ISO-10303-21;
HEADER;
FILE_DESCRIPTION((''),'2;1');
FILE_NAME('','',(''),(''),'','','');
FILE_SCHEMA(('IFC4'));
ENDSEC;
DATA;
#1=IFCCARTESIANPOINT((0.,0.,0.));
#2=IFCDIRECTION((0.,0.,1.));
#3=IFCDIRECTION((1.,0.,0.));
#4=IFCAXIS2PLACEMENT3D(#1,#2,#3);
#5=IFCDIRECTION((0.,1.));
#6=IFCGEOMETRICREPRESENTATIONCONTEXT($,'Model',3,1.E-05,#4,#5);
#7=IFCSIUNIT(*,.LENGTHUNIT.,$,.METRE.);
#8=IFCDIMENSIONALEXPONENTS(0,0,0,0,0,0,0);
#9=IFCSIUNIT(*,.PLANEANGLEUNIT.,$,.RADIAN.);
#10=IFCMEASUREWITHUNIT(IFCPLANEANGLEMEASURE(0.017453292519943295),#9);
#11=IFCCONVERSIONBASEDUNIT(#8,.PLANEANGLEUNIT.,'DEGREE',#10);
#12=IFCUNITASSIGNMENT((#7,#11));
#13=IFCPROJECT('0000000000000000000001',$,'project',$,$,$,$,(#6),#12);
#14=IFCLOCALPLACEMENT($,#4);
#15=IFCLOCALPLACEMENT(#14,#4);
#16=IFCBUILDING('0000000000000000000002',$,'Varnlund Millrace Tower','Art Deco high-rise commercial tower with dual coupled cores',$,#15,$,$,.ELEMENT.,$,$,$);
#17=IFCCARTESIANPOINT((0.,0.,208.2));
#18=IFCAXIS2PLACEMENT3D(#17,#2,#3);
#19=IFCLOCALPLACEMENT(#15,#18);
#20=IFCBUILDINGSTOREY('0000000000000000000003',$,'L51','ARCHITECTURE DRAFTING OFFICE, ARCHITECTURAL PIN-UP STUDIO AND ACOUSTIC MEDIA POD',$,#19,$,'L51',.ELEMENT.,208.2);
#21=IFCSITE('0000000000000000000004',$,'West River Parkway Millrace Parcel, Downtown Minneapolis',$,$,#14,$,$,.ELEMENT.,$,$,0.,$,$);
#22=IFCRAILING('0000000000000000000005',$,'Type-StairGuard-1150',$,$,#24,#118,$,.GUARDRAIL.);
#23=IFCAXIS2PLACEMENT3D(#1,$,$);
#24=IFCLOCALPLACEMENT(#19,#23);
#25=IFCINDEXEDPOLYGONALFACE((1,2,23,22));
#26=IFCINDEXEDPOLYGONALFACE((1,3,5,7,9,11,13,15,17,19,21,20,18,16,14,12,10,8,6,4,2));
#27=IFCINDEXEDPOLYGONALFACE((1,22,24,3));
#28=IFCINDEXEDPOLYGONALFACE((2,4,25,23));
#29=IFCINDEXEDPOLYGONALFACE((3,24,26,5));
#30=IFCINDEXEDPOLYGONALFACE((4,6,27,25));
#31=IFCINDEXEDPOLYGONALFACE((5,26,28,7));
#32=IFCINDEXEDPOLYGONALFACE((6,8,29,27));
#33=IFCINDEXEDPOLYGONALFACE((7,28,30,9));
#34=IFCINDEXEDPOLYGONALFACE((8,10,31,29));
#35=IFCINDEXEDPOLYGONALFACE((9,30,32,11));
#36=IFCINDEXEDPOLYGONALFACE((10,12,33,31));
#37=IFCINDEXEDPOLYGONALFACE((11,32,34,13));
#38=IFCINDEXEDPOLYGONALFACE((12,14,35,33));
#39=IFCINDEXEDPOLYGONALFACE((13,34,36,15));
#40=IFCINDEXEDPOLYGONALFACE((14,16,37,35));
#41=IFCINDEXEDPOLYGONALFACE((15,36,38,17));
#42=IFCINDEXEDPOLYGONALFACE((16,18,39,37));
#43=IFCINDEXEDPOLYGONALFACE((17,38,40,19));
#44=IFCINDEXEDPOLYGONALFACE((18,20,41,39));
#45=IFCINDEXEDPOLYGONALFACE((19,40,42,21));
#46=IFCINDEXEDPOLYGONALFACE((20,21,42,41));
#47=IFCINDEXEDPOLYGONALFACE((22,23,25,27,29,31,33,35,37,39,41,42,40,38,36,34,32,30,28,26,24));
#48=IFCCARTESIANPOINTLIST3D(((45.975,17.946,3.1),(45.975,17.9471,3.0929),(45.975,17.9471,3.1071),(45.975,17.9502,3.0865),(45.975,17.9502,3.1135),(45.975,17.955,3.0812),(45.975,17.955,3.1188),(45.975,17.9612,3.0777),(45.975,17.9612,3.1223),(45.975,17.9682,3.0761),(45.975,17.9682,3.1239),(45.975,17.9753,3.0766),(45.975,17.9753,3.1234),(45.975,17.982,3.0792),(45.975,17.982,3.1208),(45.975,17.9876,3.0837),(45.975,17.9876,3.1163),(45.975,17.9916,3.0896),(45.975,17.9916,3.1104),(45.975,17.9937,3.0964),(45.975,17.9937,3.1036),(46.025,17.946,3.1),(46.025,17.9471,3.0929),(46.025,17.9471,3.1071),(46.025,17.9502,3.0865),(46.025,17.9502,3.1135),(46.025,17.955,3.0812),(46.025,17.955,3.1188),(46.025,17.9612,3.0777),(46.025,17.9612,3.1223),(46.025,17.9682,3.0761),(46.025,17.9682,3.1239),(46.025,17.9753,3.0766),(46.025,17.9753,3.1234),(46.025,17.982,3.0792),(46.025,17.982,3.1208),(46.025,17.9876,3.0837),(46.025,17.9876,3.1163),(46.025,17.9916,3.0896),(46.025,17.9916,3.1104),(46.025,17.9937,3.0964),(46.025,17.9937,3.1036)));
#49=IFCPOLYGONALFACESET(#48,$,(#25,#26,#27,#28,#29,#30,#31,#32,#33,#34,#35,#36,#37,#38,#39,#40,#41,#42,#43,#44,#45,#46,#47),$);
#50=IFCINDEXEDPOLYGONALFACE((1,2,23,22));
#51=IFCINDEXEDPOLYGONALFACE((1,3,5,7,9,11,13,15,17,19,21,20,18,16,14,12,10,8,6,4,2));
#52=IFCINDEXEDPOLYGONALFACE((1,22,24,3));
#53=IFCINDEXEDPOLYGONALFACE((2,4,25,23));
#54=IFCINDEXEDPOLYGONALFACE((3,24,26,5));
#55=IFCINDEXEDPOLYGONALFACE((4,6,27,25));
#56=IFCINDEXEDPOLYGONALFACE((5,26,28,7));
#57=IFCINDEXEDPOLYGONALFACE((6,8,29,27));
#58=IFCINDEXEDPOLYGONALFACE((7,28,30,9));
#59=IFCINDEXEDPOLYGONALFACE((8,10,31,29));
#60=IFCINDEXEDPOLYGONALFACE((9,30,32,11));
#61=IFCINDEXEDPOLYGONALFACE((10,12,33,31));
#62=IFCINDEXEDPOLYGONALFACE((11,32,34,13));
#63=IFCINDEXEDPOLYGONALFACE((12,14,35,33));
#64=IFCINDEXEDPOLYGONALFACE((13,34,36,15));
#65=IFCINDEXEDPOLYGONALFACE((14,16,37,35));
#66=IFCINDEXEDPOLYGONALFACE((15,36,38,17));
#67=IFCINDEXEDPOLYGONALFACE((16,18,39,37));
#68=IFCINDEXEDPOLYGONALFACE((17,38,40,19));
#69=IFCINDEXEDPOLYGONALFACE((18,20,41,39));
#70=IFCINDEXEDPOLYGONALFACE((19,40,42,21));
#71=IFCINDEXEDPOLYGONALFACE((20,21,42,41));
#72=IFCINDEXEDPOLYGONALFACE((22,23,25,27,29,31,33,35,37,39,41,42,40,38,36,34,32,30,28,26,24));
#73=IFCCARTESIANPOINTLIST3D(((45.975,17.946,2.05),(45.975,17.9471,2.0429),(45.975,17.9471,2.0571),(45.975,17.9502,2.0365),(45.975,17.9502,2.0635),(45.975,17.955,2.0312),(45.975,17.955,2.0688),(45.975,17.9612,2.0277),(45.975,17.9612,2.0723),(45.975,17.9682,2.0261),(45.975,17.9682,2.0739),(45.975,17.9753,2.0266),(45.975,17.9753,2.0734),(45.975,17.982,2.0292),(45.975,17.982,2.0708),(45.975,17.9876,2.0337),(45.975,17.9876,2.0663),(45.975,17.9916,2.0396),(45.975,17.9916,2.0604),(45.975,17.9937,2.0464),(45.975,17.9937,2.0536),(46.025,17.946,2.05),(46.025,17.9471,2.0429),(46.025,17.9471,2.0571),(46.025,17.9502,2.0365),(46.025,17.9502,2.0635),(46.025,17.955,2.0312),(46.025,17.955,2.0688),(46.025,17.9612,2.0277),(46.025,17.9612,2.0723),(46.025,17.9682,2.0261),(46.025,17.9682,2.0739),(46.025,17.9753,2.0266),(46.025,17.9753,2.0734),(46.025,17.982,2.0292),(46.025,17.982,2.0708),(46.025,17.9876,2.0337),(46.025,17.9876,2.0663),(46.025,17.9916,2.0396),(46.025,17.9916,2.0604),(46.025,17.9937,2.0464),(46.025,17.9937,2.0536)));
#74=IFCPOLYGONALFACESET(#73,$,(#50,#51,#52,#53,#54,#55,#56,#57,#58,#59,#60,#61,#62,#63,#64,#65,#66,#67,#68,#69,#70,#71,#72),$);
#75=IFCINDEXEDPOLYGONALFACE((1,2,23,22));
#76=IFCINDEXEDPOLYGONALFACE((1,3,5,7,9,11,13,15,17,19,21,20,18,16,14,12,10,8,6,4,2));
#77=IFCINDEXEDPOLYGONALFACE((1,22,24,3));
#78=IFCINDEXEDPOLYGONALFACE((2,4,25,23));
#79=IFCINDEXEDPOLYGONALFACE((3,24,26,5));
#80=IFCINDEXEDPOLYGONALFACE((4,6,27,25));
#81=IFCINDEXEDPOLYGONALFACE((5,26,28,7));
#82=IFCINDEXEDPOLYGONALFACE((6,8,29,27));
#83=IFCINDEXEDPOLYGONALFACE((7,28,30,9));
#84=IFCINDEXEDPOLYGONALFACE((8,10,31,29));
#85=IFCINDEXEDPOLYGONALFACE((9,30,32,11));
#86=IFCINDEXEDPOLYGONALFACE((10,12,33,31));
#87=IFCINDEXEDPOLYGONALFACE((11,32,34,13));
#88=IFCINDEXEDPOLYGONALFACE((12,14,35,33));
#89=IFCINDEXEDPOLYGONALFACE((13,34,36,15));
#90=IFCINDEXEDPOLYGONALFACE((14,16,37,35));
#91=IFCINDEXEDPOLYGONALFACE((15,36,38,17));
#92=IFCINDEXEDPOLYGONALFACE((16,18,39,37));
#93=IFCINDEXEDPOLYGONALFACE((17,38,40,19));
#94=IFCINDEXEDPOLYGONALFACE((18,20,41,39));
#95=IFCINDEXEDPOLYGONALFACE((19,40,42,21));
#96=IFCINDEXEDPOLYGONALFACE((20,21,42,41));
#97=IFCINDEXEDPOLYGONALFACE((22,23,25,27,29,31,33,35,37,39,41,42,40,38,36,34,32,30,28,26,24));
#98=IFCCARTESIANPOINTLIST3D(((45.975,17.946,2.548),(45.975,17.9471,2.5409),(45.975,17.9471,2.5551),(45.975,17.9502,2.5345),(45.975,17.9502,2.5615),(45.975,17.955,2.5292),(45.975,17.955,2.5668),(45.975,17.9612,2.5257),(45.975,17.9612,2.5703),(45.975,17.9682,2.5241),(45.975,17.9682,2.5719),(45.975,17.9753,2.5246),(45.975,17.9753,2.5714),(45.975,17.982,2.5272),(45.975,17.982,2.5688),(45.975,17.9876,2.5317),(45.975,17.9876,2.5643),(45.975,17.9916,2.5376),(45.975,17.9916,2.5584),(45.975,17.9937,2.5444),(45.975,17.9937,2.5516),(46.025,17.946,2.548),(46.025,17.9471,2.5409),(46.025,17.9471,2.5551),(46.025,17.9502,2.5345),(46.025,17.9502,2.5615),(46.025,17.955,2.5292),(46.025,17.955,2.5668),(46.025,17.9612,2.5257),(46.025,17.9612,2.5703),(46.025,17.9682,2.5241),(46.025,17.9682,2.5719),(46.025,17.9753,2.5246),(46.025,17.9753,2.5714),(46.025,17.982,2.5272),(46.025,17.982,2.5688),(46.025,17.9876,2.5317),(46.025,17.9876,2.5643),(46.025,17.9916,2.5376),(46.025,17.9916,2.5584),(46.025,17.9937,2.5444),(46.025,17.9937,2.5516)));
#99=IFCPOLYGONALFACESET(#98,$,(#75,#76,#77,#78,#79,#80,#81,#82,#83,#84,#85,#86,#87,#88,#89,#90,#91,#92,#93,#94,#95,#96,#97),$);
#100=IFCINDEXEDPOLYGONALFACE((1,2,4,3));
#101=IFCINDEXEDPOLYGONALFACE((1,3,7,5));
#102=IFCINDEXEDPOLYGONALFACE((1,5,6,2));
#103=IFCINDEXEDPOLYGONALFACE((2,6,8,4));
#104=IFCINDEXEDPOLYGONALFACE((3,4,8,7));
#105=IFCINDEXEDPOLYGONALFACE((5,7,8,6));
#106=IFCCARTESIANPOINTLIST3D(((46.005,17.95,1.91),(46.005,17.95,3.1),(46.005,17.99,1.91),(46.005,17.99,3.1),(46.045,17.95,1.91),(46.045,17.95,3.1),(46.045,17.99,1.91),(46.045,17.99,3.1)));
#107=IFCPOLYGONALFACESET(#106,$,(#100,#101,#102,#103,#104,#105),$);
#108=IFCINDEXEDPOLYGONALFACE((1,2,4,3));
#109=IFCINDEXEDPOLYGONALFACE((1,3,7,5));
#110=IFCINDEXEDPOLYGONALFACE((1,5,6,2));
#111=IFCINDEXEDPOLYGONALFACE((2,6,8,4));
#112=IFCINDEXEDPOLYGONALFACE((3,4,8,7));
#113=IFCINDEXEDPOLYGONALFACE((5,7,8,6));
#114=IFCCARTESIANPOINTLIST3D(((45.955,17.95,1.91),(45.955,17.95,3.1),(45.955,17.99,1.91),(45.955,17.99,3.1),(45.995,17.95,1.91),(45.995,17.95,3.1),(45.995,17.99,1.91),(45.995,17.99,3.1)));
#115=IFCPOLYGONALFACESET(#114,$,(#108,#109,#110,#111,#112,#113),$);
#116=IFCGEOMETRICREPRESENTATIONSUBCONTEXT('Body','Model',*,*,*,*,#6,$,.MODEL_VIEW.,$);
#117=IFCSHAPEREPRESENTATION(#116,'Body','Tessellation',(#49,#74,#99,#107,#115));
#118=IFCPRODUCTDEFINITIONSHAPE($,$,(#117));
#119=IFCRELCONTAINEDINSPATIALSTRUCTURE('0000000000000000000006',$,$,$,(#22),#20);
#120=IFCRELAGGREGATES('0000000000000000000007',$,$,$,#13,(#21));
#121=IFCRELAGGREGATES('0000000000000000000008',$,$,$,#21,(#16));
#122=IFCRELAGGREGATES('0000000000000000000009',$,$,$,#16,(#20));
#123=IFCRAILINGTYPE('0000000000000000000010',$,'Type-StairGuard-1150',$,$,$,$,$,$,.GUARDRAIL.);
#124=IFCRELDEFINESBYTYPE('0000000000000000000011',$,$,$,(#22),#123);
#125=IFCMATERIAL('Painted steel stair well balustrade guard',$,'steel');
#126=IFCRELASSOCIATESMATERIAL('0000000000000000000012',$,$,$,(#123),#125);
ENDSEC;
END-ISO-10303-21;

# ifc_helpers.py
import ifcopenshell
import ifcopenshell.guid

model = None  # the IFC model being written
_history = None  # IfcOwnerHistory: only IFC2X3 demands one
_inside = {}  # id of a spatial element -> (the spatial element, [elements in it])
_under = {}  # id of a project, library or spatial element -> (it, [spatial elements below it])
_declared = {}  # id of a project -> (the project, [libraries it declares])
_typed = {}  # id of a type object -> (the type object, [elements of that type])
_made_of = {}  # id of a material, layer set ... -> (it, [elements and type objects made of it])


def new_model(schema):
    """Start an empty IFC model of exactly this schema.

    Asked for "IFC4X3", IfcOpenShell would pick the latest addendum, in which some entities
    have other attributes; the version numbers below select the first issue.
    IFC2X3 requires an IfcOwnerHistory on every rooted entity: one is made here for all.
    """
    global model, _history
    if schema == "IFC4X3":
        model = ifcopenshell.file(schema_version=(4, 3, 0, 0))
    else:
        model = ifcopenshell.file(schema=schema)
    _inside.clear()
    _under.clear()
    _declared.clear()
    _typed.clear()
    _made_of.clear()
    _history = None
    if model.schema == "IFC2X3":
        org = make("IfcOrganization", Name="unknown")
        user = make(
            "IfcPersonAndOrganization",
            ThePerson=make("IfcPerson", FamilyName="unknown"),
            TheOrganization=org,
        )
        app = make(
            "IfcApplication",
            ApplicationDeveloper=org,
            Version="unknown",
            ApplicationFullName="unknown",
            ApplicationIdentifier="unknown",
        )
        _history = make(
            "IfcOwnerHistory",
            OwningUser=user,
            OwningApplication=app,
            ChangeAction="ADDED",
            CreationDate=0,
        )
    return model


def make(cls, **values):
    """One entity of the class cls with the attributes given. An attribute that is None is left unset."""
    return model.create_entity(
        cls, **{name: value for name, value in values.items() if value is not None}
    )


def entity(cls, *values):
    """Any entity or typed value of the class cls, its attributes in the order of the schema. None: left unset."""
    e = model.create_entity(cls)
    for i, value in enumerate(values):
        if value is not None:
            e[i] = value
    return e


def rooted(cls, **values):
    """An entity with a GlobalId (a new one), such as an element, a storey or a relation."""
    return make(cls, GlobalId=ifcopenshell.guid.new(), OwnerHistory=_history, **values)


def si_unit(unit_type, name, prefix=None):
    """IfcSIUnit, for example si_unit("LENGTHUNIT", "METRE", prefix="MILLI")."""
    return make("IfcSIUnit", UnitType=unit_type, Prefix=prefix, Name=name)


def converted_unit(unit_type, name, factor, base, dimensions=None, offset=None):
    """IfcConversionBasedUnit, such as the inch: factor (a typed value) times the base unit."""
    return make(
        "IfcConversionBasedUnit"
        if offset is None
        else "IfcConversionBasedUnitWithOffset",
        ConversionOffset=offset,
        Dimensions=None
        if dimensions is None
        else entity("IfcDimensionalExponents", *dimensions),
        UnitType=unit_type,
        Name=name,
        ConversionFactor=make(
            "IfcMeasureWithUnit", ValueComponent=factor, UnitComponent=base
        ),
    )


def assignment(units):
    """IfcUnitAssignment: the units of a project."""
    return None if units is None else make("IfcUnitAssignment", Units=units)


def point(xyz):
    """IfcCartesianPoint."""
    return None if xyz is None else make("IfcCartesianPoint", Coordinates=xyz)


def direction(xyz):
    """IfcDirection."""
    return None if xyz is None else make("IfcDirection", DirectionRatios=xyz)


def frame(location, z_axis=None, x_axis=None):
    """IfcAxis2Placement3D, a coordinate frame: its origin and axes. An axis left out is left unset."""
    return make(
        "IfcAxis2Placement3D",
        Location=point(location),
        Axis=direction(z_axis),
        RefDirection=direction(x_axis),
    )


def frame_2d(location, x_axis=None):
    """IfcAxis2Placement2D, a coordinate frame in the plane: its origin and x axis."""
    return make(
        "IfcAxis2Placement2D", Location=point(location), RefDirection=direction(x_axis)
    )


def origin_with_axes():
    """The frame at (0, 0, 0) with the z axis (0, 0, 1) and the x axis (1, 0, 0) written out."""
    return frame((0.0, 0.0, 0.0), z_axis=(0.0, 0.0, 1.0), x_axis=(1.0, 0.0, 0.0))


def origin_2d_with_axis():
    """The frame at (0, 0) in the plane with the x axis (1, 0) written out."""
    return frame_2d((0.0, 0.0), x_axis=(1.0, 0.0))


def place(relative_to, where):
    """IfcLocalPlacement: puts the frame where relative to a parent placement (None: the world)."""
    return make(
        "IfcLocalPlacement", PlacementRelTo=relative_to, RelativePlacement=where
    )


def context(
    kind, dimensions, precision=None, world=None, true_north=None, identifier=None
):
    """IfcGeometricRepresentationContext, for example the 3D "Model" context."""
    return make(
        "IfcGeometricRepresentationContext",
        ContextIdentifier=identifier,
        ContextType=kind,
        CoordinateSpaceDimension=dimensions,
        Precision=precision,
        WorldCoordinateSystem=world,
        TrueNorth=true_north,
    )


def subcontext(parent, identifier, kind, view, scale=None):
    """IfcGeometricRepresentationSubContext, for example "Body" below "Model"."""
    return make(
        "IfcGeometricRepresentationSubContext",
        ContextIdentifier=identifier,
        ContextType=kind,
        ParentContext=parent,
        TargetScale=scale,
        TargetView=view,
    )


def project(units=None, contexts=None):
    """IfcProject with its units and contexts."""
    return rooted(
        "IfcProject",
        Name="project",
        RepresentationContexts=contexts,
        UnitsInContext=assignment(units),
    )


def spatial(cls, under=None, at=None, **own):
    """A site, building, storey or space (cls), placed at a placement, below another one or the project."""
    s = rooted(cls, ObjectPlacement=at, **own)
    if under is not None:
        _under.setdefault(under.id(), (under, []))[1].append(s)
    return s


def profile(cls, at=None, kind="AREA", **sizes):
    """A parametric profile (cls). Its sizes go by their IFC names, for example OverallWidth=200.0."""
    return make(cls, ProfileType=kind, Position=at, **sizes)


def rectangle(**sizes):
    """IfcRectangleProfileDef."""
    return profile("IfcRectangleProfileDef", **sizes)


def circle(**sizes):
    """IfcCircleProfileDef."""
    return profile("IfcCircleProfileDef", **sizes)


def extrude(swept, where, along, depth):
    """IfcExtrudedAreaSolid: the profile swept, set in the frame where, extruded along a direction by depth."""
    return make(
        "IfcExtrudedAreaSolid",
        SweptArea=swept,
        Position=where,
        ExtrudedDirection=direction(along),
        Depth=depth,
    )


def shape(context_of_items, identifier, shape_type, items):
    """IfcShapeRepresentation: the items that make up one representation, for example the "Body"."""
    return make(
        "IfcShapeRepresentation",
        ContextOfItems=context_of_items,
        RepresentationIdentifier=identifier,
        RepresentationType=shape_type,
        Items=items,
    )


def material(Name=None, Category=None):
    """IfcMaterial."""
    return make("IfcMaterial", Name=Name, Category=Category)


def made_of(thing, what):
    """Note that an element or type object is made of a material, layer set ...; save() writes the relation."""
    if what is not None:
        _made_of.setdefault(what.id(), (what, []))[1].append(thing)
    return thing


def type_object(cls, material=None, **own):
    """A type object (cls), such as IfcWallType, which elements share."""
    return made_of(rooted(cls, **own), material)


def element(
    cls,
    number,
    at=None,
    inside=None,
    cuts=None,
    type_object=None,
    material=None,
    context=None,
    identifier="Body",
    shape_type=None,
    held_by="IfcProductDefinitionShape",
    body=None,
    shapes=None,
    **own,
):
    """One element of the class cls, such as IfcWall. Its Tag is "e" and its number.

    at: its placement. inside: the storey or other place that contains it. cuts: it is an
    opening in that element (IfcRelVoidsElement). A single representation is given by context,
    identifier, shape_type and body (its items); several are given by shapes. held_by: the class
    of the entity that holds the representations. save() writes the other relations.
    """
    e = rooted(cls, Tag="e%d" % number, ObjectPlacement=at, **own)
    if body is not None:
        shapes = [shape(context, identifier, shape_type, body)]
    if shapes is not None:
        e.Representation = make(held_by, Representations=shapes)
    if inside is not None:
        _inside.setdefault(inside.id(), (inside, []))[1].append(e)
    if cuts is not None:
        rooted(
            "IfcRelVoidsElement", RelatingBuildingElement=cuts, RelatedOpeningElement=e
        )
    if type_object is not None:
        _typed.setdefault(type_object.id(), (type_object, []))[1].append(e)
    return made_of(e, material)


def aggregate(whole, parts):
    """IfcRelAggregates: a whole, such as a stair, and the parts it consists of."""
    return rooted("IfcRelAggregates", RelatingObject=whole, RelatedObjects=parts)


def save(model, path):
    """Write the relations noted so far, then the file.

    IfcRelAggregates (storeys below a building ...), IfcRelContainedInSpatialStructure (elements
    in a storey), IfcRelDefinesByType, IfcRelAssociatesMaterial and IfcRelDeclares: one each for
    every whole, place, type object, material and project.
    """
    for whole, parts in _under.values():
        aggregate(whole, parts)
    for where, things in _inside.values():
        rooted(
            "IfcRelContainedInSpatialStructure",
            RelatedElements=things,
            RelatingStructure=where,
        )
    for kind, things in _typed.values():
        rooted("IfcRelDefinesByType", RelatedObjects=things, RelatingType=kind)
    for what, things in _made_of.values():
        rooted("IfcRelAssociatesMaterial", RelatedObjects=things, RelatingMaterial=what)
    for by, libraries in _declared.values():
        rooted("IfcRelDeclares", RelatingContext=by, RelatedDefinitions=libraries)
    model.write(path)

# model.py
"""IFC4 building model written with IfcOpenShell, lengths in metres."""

from ifc_helpers import new_model, entity, si_unit, converted_unit, direction, frame, origin_with_axes, origin_2d_with_axis, place, context, subcontext, project, spatial, rectangle, circle, extrude, material, type_object, element, save


model = new_model("IFC4")

# Units and contexts
model_context = context("Model", 3, precision=1e-05, world=origin_with_axes(), true_north=direction((0.0, 1.0)))
body_context = subcontext(model_context, "Body", "Model", "MODEL_VIEW")
ifc_project = project(units=[si_unit("LENGTHUNIT", "METRE"), converted_unit("PLANEANGLEUNIT", "DEGREE", entity("IfcPlaneAngleMeasure", 0.017453292519943295), si_unit("PLANEANGLEUNIT", "RADIAN"), dimensions=[0, 0, 0, 0, 0, 0, 0])], contexts=[model_context])

# Site, building, storey
site_placement = place(None, origin_with_axes())
site = spatial("IfcSite", under=ifc_project, at=site_placement, Name="West River Parkway Millrace Parcel, Downtown Minneapolis", CompositionType="ELEMENT", RefElevation=0.0)
building_placement = place(site_placement, origin_with_axes())
building = spatial("IfcBuilding", under=site, at=building_placement, Name="Varnlund Millrace Tower", Description="Art Deco high-rise commercial tower with dual coupled cores", CompositionType="ELEMENT")
storey_placement = place(building_placement, frame((0.0, 0.0, 208.2), z_axis=(0.0, 0.0, 1.0), x_axis=(1.0, 0.0, 0.0)))
storey = spatial("IfcBuildingStorey", under=building, at=storey_placement, Name="L51", Description="ARCHITECTURE DRAFTING OFFICE, ARCHITECTURAL PIN-UP STUDIO AND ACOUSTIC MEDIA POD", LongName="L51", CompositionType="ELEMENT", Elevation=208.2)

# Railing
ifc_material_1 = material(Name="Painted steel stair well balustrade guard", Category="steel")
railing_type_1 = type_object("IfcRailingType", Name="Type-StairGuard-1150", PredefinedType="GUARDRAIL", material=ifc_material_1)
railing_1_placement = place(storey_placement, frame((0.0, 0.0, -208.2), z_axis=(0.0, 0.0, 1.0), x_axis=(1.0, 0.0, 0.0)))
element("IfcRailing", 1, at=railing_1_placement, inside=storey, type_object=railing_type_1, Name="Type-StairGuard-1150", PredefinedType="GUARDRAIL", context=body_context, shape_type="SweptSolid", body=[
    extrude(circle(Radius=0.024, at=origin_2d_with_axis()), frame((46.025, 17.97, 211.3), z_axis=(-1.0, 0.0, 0.0), x_axis=(0.0, -1.0, 0.0)), (0.0, 0.0, 1.0), 0.05),
    extrude(circle(Radius=0.024, at=origin_2d_with_axis()), frame((46.025, 17.97, 210.25), z_axis=(-1.0, 0.0, 0.0), x_axis=(0.0, -1.0, 0.0)), (0.0, 0.0, 1.0), 0.05),
    extrude(circle(Radius=0.024, at=origin_2d_with_axis()), frame((46.025, 17.97, 210.748), z_axis=(-1.0, 0.0, 0.0), x_axis=(0.0, -1.0, 0.0)), (0.0, 0.0, 1.0), 0.05),
    extrude(rectangle(XDim=0.04, YDim=0.04, at=origin_2d_with_axis()), frame((46.025, 17.97, 210.11), z_axis=(0.0, 0.0, 1.0), x_axis=(1.0, 0.0, 0.0)), (0.0, 0.0, 1.0), 1.19),
    extrude(rectangle(XDim=0.04, YDim=0.04, at=origin_2d_with_axis()), frame((45.975, 17.97, 210.11), z_axis=(0.0, 0.0, 1.0), x_axis=(1.0, 0.0, 0.0)), (0.0, 0.0, 1.0), 1.19),
])

save(model, "model.ifc")
